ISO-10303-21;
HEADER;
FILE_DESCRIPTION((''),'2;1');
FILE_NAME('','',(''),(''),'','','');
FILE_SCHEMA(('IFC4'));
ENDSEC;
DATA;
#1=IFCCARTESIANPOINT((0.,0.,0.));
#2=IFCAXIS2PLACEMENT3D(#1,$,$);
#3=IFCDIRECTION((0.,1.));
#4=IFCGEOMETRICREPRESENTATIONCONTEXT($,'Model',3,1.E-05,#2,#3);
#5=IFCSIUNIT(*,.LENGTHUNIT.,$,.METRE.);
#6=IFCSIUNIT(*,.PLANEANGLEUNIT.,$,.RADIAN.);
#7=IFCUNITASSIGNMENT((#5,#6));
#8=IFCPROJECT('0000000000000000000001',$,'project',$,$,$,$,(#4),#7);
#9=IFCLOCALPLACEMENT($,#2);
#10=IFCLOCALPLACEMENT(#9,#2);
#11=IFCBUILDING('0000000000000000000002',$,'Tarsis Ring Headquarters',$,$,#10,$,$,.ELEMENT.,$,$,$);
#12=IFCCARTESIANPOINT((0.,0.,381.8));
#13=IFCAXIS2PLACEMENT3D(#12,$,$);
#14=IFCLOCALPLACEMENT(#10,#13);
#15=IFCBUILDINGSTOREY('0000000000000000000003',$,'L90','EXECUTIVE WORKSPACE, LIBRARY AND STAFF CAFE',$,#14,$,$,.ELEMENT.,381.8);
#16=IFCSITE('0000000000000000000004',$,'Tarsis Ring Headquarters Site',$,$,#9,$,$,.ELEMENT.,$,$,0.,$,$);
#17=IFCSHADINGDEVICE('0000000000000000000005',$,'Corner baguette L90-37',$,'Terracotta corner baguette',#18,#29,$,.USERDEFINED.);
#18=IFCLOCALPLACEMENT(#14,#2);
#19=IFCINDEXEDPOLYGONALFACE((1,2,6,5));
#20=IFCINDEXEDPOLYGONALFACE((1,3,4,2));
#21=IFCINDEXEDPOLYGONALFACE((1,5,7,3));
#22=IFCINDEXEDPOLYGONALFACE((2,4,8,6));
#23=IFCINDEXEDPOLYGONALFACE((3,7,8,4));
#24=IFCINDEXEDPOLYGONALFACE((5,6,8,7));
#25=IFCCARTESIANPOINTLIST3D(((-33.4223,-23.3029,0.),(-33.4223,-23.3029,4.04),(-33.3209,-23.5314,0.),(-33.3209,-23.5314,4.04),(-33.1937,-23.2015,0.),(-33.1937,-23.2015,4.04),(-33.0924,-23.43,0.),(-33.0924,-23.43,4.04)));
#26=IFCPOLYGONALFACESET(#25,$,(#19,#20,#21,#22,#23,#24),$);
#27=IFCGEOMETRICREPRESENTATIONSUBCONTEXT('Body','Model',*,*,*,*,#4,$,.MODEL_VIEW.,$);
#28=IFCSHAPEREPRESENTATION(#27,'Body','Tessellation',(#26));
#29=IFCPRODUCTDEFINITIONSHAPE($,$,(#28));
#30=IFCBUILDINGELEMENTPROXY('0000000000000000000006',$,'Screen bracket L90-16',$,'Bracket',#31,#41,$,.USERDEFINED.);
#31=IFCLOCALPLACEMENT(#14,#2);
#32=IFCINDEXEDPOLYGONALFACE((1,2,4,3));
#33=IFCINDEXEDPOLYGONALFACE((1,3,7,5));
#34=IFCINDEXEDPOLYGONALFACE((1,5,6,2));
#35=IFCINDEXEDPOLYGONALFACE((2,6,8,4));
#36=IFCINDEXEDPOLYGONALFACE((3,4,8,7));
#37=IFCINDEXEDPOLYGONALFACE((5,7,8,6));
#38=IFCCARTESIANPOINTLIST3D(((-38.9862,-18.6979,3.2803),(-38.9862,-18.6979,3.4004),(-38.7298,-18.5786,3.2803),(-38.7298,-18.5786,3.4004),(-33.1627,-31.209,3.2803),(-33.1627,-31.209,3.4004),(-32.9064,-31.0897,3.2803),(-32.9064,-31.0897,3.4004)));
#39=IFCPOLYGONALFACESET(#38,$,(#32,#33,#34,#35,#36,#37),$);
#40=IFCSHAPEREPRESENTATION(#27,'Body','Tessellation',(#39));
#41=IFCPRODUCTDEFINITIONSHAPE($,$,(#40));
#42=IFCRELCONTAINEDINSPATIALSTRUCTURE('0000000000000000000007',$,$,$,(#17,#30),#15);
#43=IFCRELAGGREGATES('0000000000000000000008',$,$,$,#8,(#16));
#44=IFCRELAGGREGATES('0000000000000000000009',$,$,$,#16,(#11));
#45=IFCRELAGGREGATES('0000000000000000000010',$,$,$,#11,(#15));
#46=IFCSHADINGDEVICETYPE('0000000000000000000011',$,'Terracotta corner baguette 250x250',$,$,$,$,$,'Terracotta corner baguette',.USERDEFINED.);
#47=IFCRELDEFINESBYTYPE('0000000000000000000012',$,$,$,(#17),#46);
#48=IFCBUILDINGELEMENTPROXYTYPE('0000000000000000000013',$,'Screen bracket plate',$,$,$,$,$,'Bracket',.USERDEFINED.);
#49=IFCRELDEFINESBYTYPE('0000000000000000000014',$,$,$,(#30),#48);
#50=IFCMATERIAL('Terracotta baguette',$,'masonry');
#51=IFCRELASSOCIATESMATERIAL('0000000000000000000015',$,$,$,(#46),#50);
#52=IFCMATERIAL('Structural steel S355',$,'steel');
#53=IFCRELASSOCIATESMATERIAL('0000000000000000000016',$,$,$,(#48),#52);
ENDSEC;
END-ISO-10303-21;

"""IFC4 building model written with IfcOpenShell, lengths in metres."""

from ifc_helpers import new_model, si_unit, direction, frame, origin, origin_2d, place, context, subcontext, project, spatial, rectangle, extrude, material, type_object, element, save


model = new_model("IFC4")

# Units and contexts
model_context = context("Model", 3, precision=1e-05, world=origin(), true_north=direction((0.0, 1.0)))
body_context = subcontext(model_context, "Body", "Model", "MODEL_VIEW")
ifc_project = project(units=[si_unit("LENGTHUNIT", "METRE"), si_unit("PLANEANGLEUNIT", "RADIAN")], contexts=[model_context])

# Site, building, storey
site_placement = place(None, origin())
site = spatial("IfcSite", under=ifc_project, at=site_placement, Name="Tarsis Ring Headquarters Site", CompositionType="ELEMENT", RefElevation=0.0)
building_placement = place(site_placement, origin())
building = spatial("IfcBuilding", under=site, at=building_placement, Name="Tarsis Ring Headquarters", CompositionType="ELEMENT")
storey_placement = place(building_placement, frame((0.0, 0.0, 381.8)))
storey = spatial("IfcBuildingStorey", under=building, at=storey_placement, Name="L90", Description="EXECUTIVE WORKSPACE, LIBRARY AND STAFF CAFE", CompositionType="ELEMENT", Elevation=381.8)

# Shared definitions
ifc_material_1 = material(Name="Structural steel S355", Category="steel")

# Shading device
ifc_material_2 = material(Name="Terracotta baguette", Category="masonry")
shading_device_type_1 = type_object("IfcShadingDeviceType", Name="Terracotta corner baguette 250x250", ElementType="Terracotta corner baguette", PredefinedType="USERDEFINED", material=ifc_material_2)
for number, where, z_axis, x_axis, name in (
    (1, (-33.2573, -23.3665, 0.0), (0.0, 0.0, 1.0), (0.405461, -0.914112, 0.0), "Corner baguette L90-37"),
):
    element("IfcShadingDevice", number, at=place(storey_placement, frame(where, z_axis=z_axis, x_axis=x_axis)), inside=storey, type_object=shading_device_type_1, Name=name, ObjectType="Terracotta corner baguette", PredefinedType="USERDEFINED", context=body_context, shape_type="SweptSolid", body=[
        extrude(rectangle(XDim=0.25, YDim=0.25, at=origin_2d()), origin(), (0.0, 0.0, 1.0), 4.04),
    ])

# Building element proxy
building_element_proxy_type = type_object("IfcBuildingElementProxyType", Name="Screen bracket plate", ElementType="Bracket", PredefinedType="USERDEFINED", material=ifc_material_1)
proxy_placement = place(storey_placement, frame((-35.9463, -24.8938, 3.2803), z_axis=(0.0, 0.0, 1.0), x_axis=(0.421985, -0.906603, 0.0)))
element("IfcBuildingElementProxy", 2, at=proxy_placement, inside=storey, type_object=building_element_proxy_type, Name="Screen bracket L90-16", ObjectType="Bracket", PredefinedType="USERDEFINED", context=body_context, shape_type="SweptSolid", body=[
    extrude(rectangle(XDim=13.8, YDim=0.2827, at=origin_2d()), origin(), (0.0, 0.0, 1.0), 0.1201),
])

save(model, "model.ifc")
